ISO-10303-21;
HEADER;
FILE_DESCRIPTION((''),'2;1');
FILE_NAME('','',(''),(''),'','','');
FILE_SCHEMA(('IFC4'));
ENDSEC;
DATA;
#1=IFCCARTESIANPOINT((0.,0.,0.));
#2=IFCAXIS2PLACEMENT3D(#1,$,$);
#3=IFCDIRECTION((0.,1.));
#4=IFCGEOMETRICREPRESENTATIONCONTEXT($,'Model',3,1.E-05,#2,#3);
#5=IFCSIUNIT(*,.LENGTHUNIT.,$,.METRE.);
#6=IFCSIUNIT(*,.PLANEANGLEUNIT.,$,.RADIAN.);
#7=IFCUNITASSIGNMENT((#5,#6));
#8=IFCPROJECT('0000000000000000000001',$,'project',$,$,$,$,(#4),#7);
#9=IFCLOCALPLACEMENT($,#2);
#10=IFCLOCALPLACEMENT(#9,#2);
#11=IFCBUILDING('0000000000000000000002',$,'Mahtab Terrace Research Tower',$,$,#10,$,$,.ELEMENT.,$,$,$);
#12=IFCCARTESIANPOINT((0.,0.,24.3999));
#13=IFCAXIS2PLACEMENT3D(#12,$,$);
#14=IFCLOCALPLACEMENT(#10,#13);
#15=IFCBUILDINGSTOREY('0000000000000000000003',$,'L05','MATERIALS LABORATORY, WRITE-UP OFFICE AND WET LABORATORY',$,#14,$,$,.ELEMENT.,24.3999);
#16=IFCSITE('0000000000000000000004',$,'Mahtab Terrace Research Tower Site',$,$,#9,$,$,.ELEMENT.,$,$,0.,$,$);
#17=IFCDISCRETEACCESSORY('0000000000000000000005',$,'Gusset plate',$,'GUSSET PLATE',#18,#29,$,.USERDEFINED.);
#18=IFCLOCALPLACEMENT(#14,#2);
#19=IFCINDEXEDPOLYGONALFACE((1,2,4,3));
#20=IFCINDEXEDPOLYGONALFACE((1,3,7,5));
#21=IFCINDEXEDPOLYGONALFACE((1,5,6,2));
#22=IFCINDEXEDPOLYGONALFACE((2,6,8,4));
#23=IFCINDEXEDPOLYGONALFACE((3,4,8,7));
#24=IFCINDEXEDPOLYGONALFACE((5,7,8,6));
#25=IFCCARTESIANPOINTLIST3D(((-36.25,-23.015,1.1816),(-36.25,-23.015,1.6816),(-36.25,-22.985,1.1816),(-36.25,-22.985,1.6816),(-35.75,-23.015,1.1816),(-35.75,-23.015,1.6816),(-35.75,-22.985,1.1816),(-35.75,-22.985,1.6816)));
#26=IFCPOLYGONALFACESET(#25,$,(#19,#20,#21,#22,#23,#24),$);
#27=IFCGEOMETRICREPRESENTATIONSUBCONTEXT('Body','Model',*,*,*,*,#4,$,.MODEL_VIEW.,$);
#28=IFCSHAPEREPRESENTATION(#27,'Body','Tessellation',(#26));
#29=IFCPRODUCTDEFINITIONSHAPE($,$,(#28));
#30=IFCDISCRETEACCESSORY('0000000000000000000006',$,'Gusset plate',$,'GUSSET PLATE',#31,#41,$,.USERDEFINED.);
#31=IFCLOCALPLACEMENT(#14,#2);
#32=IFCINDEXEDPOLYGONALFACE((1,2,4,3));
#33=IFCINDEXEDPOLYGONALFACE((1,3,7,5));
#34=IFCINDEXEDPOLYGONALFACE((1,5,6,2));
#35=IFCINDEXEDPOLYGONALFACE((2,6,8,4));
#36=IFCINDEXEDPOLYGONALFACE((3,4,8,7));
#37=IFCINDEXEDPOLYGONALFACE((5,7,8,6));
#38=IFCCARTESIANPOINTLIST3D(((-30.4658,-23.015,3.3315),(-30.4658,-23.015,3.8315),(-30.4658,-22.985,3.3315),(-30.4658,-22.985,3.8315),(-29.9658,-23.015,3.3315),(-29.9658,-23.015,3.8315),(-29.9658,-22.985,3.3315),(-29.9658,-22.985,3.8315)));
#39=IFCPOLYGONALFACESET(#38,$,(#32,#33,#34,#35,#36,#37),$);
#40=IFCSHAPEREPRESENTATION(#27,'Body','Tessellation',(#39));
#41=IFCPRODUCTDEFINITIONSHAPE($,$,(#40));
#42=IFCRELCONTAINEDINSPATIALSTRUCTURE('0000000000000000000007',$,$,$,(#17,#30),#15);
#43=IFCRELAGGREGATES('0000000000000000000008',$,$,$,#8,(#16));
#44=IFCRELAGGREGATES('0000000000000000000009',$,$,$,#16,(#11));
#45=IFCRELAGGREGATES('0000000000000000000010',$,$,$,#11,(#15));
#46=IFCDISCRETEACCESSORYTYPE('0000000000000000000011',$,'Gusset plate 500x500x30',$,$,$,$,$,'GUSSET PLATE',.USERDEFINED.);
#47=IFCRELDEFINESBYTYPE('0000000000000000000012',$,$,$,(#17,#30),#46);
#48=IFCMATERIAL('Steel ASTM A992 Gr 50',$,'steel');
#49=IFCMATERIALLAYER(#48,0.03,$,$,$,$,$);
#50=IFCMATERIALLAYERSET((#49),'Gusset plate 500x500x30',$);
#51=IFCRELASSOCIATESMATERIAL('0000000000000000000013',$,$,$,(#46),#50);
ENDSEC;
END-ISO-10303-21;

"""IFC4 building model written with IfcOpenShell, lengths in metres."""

from ifc_helpers import new_model, si_unit, direction, frame, origin, origin_2d, place, context, subcontext, project, spatial, rectangle, extrude, material, layer, layer_set, type_object, element, save


model = new_model("IFC4")

# Units and contexts
model_context = context("Model", 3, precision=1e-05, world=origin(), true_north=direction((0.0, 1.0)))
body_context = subcontext(model_context, "Body", "Model", "MODEL_VIEW")
ifc_project = project(units=[si_unit("LENGTHUNIT", "METRE"), si_unit("PLANEANGLEUNIT", "RADIAN")], contexts=[model_context])

# Site, building, storey
site_placement = place(None, origin())
site = spatial("IfcSite", under=ifc_project, at=site_placement, Name="Mahtab Terrace Research Tower Site", CompositionType="ELEMENT", RefElevation=0.0)
building_placement = place(site_placement, origin())
building = spatial("IfcBuilding", under=site, at=building_placement, Name="Mahtab Terrace Research Tower", CompositionType="ELEMENT")
storey_placement = place(building_placement, frame((0.0, 0.0, 24.3999)))
storey = spatial("IfcBuildingStorey", under=building, at=storey_placement, Name="L05", Description="MATERIALS LABORATORY, WRITE-UP OFFICE AND WET LABORATORY", CompositionType="ELEMENT", Elevation=24.3999)

# Shared definitions
ifc_material_1 = material(Name="Steel ASTM A992 Gr 50", Category="steel")

# Discrete accessories
ifc_layer_1 = layer(ifc_material_1, 0.03)
ifc_layer_set_1 = layer_set([ifc_layer_1], Name="Gusset plate 500x500x30")
discrete_accessory_type = type_object("IfcDiscreteAccessoryType", Name="Gusset plate 500x500x30", ElementType="GUSSET PLATE", PredefinedType="USERDEFINED", material=ifc_layer_set_1)
for number, where, z_axis, x_axis, name in (
    (1, (-36.0, -23.0, 1.1816), (0.0, 0.0, 1.0), (1.0, 0.0, 0.0), "Gusset plate"),
    (2, (-30.2158, -23.0, 3.3315), (0.0, 0.0, 1.0), (1.0, 0.0, 0.0), "Gusset plate"),
):
    element("IfcDiscreteAccessory", number, at=place(storey_placement, frame(where, z_axis=z_axis, x_axis=x_axis)), inside=storey, type_object=discrete_accessory_type, Name=name, ObjectType="GUSSET PLATE", PredefinedType="USERDEFINED", context=body_context, shape_type="SweptSolid", body=[
        extrude(rectangle(XDim=0.5, YDim=0.03, at=origin_2d()), origin(), (0.0, 0.0, 1.0), 0.5),
    ])

save(model, "model.ifc")
